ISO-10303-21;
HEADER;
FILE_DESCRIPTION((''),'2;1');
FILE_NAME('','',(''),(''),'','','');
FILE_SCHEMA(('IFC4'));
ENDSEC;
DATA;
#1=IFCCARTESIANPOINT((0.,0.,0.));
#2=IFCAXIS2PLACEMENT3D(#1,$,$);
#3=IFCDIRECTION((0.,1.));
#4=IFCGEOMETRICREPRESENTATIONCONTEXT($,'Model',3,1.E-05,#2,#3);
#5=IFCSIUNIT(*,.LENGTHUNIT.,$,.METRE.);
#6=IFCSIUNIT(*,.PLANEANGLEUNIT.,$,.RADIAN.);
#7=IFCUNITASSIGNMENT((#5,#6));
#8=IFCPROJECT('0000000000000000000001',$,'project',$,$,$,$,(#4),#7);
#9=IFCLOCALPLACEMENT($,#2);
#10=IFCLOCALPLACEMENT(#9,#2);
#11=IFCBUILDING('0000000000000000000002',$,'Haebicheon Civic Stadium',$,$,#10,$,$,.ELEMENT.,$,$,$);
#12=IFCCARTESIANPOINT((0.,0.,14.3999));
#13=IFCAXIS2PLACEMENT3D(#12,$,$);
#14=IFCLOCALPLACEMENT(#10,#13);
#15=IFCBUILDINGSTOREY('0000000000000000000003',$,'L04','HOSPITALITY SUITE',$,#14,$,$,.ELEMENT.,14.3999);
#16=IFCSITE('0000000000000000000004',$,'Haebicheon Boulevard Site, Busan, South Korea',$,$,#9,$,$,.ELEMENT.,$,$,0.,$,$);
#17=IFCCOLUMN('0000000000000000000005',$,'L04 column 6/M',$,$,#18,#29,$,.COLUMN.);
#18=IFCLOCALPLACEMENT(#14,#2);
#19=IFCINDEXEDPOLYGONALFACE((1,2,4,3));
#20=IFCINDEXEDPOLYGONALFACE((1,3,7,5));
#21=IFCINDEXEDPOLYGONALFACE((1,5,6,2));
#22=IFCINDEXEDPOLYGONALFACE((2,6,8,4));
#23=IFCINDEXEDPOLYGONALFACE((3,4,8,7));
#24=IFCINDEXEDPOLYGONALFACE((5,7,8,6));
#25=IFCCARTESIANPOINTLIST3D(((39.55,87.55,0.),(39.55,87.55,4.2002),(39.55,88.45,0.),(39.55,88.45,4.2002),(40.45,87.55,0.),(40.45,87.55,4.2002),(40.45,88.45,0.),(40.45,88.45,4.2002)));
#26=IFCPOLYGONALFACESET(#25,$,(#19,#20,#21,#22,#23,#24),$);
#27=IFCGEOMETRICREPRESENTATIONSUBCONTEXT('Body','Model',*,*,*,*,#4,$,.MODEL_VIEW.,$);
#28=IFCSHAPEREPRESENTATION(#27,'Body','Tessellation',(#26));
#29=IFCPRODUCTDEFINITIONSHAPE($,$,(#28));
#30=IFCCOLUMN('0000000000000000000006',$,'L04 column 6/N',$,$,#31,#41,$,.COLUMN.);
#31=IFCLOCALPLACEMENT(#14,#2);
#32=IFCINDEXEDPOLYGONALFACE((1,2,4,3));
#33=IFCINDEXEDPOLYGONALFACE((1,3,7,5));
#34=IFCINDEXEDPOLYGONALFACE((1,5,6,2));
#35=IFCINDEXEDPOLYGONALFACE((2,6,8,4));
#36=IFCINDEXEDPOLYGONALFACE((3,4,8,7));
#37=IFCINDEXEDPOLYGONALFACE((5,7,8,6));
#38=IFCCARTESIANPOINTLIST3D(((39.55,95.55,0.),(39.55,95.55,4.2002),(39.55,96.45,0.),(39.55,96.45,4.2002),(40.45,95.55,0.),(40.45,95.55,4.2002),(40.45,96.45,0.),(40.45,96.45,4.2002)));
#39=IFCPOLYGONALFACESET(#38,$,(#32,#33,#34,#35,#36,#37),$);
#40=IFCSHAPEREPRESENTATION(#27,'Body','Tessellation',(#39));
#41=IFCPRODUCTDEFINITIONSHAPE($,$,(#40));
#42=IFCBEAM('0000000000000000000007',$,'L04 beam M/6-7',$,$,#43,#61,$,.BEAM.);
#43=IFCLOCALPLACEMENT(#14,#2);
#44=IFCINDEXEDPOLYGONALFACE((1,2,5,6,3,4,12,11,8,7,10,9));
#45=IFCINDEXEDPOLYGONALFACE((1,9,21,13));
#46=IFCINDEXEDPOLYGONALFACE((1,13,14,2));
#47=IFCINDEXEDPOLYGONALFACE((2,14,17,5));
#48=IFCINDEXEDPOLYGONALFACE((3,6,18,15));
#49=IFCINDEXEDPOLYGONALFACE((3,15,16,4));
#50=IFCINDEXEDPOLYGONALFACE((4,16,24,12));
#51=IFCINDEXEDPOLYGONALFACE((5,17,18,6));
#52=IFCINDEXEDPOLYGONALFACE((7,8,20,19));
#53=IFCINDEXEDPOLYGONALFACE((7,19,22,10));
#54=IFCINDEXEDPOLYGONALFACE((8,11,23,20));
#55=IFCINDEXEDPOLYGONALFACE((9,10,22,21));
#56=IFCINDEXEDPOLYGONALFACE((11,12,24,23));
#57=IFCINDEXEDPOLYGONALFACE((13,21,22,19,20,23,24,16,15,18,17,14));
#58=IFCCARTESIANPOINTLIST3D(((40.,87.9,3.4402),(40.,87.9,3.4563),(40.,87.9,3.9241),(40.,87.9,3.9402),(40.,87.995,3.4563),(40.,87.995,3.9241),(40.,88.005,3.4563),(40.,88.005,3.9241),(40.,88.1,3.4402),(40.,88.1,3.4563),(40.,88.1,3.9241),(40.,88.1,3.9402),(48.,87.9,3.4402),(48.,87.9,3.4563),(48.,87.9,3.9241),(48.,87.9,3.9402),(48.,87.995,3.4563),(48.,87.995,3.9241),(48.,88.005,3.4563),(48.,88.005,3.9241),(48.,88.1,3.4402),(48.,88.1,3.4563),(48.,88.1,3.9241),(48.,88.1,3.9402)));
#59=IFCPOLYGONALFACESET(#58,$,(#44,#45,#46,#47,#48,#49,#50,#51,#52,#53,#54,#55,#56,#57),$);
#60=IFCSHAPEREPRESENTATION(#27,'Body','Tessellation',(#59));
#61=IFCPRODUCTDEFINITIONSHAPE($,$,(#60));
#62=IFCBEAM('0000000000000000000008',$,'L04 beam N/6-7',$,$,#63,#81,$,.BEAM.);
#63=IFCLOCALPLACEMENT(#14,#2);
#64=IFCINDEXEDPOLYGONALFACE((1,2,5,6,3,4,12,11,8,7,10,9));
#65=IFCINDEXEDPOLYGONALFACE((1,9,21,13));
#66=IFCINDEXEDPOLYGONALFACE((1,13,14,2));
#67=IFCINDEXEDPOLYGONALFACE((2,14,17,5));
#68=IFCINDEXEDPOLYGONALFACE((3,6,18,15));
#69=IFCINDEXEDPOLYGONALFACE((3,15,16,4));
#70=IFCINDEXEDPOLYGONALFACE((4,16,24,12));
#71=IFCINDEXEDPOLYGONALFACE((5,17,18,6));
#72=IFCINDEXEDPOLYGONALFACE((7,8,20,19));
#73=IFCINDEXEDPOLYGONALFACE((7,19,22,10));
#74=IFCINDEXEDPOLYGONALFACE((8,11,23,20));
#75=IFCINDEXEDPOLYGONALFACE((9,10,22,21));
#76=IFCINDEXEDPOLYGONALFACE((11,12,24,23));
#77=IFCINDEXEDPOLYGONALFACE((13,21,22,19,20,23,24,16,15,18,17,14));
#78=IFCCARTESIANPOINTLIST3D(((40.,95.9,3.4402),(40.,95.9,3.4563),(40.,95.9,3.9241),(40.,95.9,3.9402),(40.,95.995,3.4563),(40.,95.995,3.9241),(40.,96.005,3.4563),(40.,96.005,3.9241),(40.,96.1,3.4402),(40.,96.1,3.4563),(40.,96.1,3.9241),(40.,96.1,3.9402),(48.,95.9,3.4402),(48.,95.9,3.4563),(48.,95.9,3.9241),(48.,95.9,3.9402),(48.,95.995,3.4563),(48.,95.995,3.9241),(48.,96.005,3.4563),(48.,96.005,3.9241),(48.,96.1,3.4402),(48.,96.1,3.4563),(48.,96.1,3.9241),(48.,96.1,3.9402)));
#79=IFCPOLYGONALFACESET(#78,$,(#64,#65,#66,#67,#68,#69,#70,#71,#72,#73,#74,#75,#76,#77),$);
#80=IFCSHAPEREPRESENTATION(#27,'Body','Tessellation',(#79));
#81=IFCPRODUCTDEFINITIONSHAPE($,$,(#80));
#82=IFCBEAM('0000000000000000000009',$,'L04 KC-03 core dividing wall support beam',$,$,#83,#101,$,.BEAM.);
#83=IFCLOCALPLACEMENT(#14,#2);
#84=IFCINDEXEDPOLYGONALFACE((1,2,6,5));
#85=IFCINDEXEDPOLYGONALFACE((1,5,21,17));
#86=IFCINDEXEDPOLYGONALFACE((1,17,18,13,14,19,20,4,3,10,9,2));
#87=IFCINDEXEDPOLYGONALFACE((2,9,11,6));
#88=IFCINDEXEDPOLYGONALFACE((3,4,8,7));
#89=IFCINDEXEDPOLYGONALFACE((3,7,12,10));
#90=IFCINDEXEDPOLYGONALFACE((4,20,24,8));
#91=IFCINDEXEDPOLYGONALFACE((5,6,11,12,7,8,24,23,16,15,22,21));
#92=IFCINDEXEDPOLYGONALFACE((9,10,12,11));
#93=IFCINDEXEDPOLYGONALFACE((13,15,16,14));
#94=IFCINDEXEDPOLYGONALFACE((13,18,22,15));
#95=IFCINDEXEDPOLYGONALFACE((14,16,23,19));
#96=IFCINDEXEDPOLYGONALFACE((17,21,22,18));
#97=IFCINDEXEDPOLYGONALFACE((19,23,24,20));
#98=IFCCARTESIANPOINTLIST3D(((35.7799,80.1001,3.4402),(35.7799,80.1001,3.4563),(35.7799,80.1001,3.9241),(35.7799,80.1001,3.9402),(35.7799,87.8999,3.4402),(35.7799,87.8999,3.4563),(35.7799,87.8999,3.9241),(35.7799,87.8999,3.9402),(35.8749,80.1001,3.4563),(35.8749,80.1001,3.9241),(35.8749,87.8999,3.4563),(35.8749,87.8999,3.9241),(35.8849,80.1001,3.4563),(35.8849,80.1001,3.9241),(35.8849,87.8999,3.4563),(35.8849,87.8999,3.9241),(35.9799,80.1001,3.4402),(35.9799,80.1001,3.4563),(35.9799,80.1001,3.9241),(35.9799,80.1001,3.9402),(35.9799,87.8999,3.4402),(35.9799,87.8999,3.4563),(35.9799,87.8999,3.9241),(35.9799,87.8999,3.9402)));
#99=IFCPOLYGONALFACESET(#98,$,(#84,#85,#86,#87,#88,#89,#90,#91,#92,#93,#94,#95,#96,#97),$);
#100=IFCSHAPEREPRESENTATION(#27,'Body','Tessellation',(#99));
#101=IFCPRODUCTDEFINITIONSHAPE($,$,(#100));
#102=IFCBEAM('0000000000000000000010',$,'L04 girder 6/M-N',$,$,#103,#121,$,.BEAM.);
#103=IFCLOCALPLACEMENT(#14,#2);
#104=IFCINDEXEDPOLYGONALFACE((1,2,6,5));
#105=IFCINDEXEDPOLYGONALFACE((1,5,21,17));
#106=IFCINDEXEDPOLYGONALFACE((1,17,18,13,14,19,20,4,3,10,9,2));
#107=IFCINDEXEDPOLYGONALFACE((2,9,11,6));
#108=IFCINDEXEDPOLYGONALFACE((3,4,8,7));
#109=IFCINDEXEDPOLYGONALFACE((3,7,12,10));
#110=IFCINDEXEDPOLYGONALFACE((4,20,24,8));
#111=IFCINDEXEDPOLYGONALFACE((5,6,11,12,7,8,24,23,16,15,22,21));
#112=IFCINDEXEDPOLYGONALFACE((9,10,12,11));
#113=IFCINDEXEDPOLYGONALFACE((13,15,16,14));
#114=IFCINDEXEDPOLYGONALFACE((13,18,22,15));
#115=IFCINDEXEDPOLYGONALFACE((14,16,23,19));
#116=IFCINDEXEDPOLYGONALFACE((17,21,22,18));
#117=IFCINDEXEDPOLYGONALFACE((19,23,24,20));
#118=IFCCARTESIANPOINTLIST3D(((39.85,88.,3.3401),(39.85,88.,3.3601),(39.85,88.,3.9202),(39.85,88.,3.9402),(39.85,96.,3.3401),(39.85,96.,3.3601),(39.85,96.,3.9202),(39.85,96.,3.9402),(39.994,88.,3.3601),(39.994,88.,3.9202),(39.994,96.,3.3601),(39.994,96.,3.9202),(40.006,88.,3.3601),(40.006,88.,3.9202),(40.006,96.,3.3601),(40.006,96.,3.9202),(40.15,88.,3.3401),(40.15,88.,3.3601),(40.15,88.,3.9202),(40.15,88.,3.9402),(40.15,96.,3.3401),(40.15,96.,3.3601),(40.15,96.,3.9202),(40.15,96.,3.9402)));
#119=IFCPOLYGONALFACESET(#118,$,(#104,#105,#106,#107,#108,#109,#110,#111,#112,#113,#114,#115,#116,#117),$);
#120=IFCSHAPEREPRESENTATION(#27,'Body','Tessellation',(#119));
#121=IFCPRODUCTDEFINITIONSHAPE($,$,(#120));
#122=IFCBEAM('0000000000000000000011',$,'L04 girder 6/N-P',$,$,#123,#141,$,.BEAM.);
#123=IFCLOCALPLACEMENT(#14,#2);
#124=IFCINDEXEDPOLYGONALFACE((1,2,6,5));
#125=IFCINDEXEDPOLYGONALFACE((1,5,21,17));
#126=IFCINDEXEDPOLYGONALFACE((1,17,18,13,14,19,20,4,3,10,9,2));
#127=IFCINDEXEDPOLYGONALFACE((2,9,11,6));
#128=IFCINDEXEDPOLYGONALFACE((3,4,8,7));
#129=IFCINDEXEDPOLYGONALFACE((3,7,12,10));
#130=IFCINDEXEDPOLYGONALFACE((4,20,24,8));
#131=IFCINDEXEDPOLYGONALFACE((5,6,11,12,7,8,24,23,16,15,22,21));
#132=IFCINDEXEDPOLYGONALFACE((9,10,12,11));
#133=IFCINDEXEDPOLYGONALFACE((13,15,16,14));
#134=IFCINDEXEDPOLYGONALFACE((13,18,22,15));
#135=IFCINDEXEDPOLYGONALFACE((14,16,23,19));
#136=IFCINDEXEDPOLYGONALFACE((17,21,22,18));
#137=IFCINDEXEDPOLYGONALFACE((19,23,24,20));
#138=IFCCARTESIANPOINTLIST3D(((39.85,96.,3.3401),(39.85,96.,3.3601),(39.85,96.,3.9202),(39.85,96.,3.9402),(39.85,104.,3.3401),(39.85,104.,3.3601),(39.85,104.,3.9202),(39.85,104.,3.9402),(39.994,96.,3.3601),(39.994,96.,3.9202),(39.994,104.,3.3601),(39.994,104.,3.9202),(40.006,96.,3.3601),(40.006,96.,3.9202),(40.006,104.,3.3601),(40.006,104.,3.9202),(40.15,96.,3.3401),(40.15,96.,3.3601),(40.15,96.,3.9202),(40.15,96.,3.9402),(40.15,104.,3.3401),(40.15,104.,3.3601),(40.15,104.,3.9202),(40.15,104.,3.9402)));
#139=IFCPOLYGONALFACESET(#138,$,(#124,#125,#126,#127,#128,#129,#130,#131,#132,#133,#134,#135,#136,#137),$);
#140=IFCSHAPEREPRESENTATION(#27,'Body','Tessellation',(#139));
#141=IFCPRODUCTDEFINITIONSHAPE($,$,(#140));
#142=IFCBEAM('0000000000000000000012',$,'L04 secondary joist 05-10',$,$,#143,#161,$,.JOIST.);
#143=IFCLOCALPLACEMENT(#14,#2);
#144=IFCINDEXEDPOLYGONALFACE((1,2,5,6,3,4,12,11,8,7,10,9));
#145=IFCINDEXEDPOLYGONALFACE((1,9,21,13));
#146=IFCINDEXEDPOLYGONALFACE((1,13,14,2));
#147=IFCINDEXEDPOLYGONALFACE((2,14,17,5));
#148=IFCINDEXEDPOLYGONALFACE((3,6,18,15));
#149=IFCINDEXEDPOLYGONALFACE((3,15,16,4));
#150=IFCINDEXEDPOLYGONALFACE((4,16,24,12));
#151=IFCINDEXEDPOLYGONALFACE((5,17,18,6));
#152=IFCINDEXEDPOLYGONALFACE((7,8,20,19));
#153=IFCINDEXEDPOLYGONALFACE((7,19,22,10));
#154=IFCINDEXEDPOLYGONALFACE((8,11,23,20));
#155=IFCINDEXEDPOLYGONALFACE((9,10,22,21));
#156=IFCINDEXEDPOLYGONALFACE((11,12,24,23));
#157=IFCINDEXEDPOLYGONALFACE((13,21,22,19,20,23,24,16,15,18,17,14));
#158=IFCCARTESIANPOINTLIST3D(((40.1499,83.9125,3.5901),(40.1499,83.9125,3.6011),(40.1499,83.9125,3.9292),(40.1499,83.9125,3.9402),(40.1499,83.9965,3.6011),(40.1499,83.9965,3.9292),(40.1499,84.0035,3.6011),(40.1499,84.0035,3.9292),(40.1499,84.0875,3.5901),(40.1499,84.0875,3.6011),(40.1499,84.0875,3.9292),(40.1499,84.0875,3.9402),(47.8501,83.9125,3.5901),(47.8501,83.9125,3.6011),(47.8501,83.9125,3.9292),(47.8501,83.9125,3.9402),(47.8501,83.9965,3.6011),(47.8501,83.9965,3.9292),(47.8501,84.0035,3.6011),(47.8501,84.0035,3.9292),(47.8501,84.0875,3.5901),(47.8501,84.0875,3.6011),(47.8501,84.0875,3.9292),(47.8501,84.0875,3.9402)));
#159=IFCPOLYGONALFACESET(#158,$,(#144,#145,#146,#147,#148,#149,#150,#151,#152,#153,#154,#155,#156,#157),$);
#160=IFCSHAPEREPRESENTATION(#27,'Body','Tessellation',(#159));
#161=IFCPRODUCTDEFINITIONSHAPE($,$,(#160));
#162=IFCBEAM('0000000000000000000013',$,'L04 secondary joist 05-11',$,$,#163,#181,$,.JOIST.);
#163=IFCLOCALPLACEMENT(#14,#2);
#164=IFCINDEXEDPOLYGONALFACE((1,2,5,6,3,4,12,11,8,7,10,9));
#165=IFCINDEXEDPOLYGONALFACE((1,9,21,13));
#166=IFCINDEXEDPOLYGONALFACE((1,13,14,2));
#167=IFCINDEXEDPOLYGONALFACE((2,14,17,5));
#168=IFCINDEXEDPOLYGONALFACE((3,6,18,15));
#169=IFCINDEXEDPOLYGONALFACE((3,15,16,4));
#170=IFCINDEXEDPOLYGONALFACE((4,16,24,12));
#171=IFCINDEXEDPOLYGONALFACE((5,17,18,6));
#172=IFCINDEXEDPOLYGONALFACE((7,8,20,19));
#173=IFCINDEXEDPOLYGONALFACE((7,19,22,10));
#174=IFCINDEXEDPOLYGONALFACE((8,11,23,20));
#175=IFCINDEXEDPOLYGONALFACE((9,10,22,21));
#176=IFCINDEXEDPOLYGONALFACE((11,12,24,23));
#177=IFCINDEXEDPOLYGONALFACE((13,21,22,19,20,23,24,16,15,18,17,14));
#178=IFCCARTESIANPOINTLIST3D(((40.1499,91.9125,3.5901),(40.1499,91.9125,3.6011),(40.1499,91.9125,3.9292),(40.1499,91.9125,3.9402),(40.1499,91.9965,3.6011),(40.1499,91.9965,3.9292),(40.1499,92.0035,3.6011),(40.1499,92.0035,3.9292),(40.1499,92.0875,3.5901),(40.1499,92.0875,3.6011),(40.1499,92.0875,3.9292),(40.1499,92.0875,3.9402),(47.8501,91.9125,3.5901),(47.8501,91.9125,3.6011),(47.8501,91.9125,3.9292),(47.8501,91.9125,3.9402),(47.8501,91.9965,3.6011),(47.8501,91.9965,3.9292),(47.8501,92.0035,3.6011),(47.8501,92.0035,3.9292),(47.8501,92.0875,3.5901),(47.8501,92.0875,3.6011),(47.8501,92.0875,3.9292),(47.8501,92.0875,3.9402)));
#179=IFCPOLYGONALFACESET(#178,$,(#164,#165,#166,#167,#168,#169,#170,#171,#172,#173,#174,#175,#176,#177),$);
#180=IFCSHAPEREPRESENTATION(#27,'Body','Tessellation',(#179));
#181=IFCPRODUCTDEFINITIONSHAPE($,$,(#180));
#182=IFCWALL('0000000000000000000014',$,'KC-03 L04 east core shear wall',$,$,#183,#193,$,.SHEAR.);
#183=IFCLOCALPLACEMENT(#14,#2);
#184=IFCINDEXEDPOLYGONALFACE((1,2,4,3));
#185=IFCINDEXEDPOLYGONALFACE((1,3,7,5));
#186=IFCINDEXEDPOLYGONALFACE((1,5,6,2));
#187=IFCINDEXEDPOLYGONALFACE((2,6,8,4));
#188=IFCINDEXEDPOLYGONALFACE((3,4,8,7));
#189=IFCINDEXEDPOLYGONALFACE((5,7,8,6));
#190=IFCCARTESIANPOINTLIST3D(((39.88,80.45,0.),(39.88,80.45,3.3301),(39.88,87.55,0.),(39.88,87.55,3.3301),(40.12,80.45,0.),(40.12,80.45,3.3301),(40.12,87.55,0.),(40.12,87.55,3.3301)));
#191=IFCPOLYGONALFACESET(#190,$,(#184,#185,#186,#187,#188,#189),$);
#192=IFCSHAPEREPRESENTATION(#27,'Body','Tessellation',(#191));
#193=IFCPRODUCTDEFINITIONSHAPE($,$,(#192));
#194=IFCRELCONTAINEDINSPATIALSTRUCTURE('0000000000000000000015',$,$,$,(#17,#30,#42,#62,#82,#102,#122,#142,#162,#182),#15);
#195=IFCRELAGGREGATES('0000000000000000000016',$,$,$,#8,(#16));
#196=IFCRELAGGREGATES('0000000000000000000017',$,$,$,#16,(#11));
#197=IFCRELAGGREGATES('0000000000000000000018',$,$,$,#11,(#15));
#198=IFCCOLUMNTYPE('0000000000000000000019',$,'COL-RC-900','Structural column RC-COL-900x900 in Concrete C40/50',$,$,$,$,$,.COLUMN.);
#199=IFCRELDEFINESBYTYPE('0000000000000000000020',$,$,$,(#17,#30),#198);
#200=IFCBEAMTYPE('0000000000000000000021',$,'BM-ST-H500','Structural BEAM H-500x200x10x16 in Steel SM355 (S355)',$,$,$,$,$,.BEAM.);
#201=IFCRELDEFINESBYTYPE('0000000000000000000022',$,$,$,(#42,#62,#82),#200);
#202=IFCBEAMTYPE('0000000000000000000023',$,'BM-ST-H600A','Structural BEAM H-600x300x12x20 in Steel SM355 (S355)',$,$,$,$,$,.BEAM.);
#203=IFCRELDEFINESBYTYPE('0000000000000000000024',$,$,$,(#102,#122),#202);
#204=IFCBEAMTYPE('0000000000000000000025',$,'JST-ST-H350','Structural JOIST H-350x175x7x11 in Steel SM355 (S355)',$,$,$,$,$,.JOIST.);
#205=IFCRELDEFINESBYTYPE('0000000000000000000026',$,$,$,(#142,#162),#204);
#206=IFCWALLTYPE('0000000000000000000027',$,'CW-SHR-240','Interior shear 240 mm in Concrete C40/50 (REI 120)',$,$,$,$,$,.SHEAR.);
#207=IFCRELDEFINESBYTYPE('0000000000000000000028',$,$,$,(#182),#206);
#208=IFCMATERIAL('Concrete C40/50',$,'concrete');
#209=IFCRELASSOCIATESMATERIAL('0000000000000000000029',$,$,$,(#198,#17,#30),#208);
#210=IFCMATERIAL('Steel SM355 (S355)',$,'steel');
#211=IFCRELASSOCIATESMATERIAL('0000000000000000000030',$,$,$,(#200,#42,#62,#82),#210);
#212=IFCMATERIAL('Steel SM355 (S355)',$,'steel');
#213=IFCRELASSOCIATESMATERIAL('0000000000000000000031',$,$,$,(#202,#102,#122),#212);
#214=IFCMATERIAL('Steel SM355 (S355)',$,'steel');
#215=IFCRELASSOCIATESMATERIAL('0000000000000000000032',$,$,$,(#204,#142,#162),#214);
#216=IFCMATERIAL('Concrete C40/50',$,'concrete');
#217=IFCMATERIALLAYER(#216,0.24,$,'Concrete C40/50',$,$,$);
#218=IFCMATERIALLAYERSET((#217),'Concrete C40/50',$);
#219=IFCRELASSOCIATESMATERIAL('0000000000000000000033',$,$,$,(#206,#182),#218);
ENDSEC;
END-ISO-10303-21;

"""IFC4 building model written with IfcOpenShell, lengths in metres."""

from ifc_helpers import new_model, si_unit, direction, frame, frame_2d, origin, origin_2d, place, context, subcontext, project, spatial, rectangle, i_section, extrude, material, layer, layer_set, material_profile, profile_set, type_object, element, save


model = new_model("IFC4")

# Units and contexts
model_context = context("Model", 3, precision=1e-05, world=origin(), true_north=direction((0.0, 1.0)))
body_context = subcontext(model_context, "Body", "Model", "MODEL_VIEW")
ifc_project = project(units=[si_unit("LENGTHUNIT", "METRE"), si_unit("PLANEANGLEUNIT", "RADIAN")], contexts=[model_context])

# Site, building, storey
site_placement = place(None, origin())
site = spatial("IfcSite", under=ifc_project, at=site_placement, Name="Haebicheon Boulevard Site, Busan, South Korea", CompositionType="ELEMENT", RefElevation=0.0)
building_placement = place(site_placement, origin())
building = spatial("IfcBuilding", under=site, at=building_placement, Name="Haebicheon Civic Stadium", CompositionType="ELEMENT")
storey_placement = place(building_placement, frame((0.0, 0.0, 14.3999)))
storey = spatial("IfcBuildingStorey", under=building, at=storey_placement, Name="L04", Description="HOSPITALITY SUITE", CompositionType="ELEMENT", Elevation=14.3999)

# Columns
ifc_material_1 = material(Name="Concrete C40/50", Category="concrete")
ifc_material_profile_1 = material_profile(ifc_material_1, rectangle(XDim=0.8999, YDim=0.8999, at=origin_2d()), Name="RC-COL-900x900")
ifc_profile_set_1 = profile_set([ifc_material_profile_1], Name="Concrete C40/50")
column_type = type_object("IfcColumnType", Name="COL-RC-900", Description="Structural column RC-COL-900x900 in Concrete C40/50", PredefinedType="COLUMN", material=ifc_profile_set_1)
for number, where, z_axis, x_axis, name in (
    (1, (40.0, 88.0, 0.0), (0.0, 0.0, 1.0), (1.0, 0.0, 0.0), "L04 column 6/M"),
    (2, (40.0, 96.0, 0.0), (0.0, 0.0, 1.0), (1.0, 0.0, 0.0), "L04 column 6/N"),
):
    element("IfcColumn", number, at=place(storey_placement, frame(where, z_axis=z_axis, x_axis=x_axis)), inside=storey, type_object=column_type, material=ifc_profile_set_1, Name=name, PredefinedType="COLUMN", context=body_context, shape_type="SweptSolid", body=[
        extrude(rectangle(XDim=0.8999, YDim=0.8999, at=origin_2d()), origin(), (0.0, 0.0, 1.0), 4.2002),
    ])

# Beams
ifc_material_2 = material(Name="Steel SM355 (S355)", Category="steel")
ifc_material_profile_2 = material_profile(ifc_material_2, i_section(OverallWidth=0.2, OverallDepth=0.5, WebThickness=0.01, FlangeThickness=0.0161, at=origin_2d()), Name="H-500x200x10x16")
ifc_profile_set_2 = profile_set([ifc_material_profile_2], Name="Steel SM355 (S355)")
beam_type_1 = type_object("IfcBeamType", Name="BM-ST-H500", Description="Structural BEAM H-500x200x10x16 in Steel SM355 (S355)", PredefinedType="BEAM", material=ifc_profile_set_2)
for number, where, z_axis, x_axis, name in (
    (3, (40.0, 88.0, 3.6902), (1.0, 0.0, 0.0), (0.0, 1.0, 0.0), "L04 beam M/6-7"),
    (4, (40.0, 96.0, 3.6902), (1.0, 0.0, 0.0), (0.0, 1.0, 0.0), "L04 beam N/6-7"),
):
    element("IfcBeam", number, at=place(storey_placement, frame(where, z_axis=z_axis, x_axis=x_axis)), inside=storey, type_object=beam_type_1, material=ifc_profile_set_2, Name=name, PredefinedType="BEAM", context=body_context, shape_type="SweptSolid", body=[
        extrude(i_section(OverallWidth=0.2, OverallDepth=0.5, WebThickness=0.01, FlangeThickness=0.0161, at=origin_2d()), origin(), (0.0, 0.0, 1.0), 8.0),
    ])
beam_placement = place(storey_placement, frame((35.8799, 80.1001, 3.6902), z_axis=(0.0, 1.0, 0.0), x_axis=(-1.0, 0.0, 0.0)))
element("IfcBeam", 5, at=beam_placement, inside=storey, type_object=beam_type_1, material=ifc_profile_set_2, Name="L04 KC-03 core dividing wall support beam", PredefinedType="BEAM", context=body_context, shape_type="SweptSolid", body=[
    extrude(i_section(OverallWidth=0.2, OverallDepth=0.5, WebThickness=0.01, FlangeThickness=0.0161, at=origin_2d()), origin(), (0.0, 0.0, 1.0), 7.7998),
])
ifc_material_3 = material(Name="Steel SM355 (S355)", Category="steel")
ifc_material_profile_3 = material_profile(ifc_material_3, i_section(OverallWidth=0.3, OverallDepth=0.6001, WebThickness=0.012, FlangeThickness=0.02, at=origin_2d()), Name="H-600x300x12x20")
ifc_profile_set_3 = profile_set([ifc_material_profile_3], Name="Steel SM355 (S355)")
beam_type_2 = type_object("IfcBeamType", Name="BM-ST-H600A", Description="Structural BEAM H-600x300x12x20 in Steel SM355 (S355)", PredefinedType="BEAM", material=ifc_profile_set_3)
for number, where, z_axis, x_axis, name in (
    (6, (40.0, 88.0, 3.6401), (0.0, 1.0, 0.0), (-1.0, 0.0, 0.0), "L04 girder 6/M-N"),
    (7, (40.0, 96.0, 3.6401), (0.0, 1.0, 0.0), (-1.0, 0.0, 0.0), "L04 girder 6/N-P"),
):
    element("IfcBeam", number, at=place(storey_placement, frame(where, z_axis=z_axis, x_axis=x_axis)), inside=storey, type_object=beam_type_2, material=ifc_profile_set_3, Name=name, PredefinedType="BEAM", context=body_context, shape_type="SweptSolid", body=[
        extrude(i_section(OverallWidth=0.3, OverallDepth=0.6001, WebThickness=0.012, FlangeThickness=0.02, at=origin_2d()), origin(), (0.0, 0.0, 1.0), 8.0),
    ])
ifc_material_4 = material(Name="Steel SM355 (S355)", Category="steel")
ifc_material_profile_4 = material_profile(ifc_material_4, i_section(OverallWidth=0.175, OverallDepth=0.3501, WebThickness=0.0071, FlangeThickness=0.011, at=origin_2d()), Name="H-350x175x7x11")
ifc_profile_set_4 = profile_set([ifc_material_profile_4], Name="Steel SM355 (S355)")
beam_type_3 = type_object("IfcBeamType", Name="JST-ST-H350", Description="Structural JOIST H-350x175x7x11 in Steel SM355 (S355)", PredefinedType="JOIST", material=ifc_profile_set_4)
for number, where, z_axis, x_axis, name in (
    (8, (40.1499, 84.0, 3.7651), (1.0, 0.0, 0.0), (0.0, 1.0, 0.0), "L04 secondary joist 05-10"),
    (9, (40.1499, 92.0, 3.7651), (1.0, 0.0, 0.0), (0.0, 1.0, 0.0), "L04 secondary joist 05-11"),
):
    element("IfcBeam", number, at=place(storey_placement, frame(where, z_axis=z_axis, x_axis=x_axis)), inside=storey, type_object=beam_type_3, material=ifc_profile_set_4, Name=name, PredefinedType="JOIST", context=body_context, shape_type="SweptSolid", body=[
        extrude(i_section(OverallWidth=0.175, OverallDepth=0.3501, WebThickness=0.0071, FlangeThickness=0.011, at=origin_2d()), origin(), (0.0, 0.0, 1.0), 7.7002),
    ])

# Wall
ifc_material_5 = material(Name="Concrete C40/50", Category="concrete")
ifc_layer = layer(ifc_material_5, 0.24, Name="Concrete C40/50")
ifc_layer_set = layer_set([ifc_layer], Name="Concrete C40/50")
wall_type = type_object("IfcWallType", Name="CW-SHR-240", Description="Interior shear 240 mm in Concrete C40/50 (REI 120)", PredefinedType="SHEAR", material=ifc_layer_set)
wall_1_placement = place(storey_placement, frame((40.0, 80.45, 0.0), z_axis=(0.0, 0.0, 1.0), x_axis=(0.0, 1.0, 0.0)))
element("IfcWall", 10, at=wall_1_placement, inside=storey, type_object=wall_type, material=ifc_layer_set, Name="KC-03 L04 east core shear wall", PredefinedType="SHEAR", context=body_context, shape_type="SweptSolid", body=[
    extrude(rectangle(XDim=7.1001, YDim=0.24, at=frame_2d((3.55, 0.0))), origin(), (0.0, 0.0, 1.0), 3.3301),
])

save(model, "model.ifc")
